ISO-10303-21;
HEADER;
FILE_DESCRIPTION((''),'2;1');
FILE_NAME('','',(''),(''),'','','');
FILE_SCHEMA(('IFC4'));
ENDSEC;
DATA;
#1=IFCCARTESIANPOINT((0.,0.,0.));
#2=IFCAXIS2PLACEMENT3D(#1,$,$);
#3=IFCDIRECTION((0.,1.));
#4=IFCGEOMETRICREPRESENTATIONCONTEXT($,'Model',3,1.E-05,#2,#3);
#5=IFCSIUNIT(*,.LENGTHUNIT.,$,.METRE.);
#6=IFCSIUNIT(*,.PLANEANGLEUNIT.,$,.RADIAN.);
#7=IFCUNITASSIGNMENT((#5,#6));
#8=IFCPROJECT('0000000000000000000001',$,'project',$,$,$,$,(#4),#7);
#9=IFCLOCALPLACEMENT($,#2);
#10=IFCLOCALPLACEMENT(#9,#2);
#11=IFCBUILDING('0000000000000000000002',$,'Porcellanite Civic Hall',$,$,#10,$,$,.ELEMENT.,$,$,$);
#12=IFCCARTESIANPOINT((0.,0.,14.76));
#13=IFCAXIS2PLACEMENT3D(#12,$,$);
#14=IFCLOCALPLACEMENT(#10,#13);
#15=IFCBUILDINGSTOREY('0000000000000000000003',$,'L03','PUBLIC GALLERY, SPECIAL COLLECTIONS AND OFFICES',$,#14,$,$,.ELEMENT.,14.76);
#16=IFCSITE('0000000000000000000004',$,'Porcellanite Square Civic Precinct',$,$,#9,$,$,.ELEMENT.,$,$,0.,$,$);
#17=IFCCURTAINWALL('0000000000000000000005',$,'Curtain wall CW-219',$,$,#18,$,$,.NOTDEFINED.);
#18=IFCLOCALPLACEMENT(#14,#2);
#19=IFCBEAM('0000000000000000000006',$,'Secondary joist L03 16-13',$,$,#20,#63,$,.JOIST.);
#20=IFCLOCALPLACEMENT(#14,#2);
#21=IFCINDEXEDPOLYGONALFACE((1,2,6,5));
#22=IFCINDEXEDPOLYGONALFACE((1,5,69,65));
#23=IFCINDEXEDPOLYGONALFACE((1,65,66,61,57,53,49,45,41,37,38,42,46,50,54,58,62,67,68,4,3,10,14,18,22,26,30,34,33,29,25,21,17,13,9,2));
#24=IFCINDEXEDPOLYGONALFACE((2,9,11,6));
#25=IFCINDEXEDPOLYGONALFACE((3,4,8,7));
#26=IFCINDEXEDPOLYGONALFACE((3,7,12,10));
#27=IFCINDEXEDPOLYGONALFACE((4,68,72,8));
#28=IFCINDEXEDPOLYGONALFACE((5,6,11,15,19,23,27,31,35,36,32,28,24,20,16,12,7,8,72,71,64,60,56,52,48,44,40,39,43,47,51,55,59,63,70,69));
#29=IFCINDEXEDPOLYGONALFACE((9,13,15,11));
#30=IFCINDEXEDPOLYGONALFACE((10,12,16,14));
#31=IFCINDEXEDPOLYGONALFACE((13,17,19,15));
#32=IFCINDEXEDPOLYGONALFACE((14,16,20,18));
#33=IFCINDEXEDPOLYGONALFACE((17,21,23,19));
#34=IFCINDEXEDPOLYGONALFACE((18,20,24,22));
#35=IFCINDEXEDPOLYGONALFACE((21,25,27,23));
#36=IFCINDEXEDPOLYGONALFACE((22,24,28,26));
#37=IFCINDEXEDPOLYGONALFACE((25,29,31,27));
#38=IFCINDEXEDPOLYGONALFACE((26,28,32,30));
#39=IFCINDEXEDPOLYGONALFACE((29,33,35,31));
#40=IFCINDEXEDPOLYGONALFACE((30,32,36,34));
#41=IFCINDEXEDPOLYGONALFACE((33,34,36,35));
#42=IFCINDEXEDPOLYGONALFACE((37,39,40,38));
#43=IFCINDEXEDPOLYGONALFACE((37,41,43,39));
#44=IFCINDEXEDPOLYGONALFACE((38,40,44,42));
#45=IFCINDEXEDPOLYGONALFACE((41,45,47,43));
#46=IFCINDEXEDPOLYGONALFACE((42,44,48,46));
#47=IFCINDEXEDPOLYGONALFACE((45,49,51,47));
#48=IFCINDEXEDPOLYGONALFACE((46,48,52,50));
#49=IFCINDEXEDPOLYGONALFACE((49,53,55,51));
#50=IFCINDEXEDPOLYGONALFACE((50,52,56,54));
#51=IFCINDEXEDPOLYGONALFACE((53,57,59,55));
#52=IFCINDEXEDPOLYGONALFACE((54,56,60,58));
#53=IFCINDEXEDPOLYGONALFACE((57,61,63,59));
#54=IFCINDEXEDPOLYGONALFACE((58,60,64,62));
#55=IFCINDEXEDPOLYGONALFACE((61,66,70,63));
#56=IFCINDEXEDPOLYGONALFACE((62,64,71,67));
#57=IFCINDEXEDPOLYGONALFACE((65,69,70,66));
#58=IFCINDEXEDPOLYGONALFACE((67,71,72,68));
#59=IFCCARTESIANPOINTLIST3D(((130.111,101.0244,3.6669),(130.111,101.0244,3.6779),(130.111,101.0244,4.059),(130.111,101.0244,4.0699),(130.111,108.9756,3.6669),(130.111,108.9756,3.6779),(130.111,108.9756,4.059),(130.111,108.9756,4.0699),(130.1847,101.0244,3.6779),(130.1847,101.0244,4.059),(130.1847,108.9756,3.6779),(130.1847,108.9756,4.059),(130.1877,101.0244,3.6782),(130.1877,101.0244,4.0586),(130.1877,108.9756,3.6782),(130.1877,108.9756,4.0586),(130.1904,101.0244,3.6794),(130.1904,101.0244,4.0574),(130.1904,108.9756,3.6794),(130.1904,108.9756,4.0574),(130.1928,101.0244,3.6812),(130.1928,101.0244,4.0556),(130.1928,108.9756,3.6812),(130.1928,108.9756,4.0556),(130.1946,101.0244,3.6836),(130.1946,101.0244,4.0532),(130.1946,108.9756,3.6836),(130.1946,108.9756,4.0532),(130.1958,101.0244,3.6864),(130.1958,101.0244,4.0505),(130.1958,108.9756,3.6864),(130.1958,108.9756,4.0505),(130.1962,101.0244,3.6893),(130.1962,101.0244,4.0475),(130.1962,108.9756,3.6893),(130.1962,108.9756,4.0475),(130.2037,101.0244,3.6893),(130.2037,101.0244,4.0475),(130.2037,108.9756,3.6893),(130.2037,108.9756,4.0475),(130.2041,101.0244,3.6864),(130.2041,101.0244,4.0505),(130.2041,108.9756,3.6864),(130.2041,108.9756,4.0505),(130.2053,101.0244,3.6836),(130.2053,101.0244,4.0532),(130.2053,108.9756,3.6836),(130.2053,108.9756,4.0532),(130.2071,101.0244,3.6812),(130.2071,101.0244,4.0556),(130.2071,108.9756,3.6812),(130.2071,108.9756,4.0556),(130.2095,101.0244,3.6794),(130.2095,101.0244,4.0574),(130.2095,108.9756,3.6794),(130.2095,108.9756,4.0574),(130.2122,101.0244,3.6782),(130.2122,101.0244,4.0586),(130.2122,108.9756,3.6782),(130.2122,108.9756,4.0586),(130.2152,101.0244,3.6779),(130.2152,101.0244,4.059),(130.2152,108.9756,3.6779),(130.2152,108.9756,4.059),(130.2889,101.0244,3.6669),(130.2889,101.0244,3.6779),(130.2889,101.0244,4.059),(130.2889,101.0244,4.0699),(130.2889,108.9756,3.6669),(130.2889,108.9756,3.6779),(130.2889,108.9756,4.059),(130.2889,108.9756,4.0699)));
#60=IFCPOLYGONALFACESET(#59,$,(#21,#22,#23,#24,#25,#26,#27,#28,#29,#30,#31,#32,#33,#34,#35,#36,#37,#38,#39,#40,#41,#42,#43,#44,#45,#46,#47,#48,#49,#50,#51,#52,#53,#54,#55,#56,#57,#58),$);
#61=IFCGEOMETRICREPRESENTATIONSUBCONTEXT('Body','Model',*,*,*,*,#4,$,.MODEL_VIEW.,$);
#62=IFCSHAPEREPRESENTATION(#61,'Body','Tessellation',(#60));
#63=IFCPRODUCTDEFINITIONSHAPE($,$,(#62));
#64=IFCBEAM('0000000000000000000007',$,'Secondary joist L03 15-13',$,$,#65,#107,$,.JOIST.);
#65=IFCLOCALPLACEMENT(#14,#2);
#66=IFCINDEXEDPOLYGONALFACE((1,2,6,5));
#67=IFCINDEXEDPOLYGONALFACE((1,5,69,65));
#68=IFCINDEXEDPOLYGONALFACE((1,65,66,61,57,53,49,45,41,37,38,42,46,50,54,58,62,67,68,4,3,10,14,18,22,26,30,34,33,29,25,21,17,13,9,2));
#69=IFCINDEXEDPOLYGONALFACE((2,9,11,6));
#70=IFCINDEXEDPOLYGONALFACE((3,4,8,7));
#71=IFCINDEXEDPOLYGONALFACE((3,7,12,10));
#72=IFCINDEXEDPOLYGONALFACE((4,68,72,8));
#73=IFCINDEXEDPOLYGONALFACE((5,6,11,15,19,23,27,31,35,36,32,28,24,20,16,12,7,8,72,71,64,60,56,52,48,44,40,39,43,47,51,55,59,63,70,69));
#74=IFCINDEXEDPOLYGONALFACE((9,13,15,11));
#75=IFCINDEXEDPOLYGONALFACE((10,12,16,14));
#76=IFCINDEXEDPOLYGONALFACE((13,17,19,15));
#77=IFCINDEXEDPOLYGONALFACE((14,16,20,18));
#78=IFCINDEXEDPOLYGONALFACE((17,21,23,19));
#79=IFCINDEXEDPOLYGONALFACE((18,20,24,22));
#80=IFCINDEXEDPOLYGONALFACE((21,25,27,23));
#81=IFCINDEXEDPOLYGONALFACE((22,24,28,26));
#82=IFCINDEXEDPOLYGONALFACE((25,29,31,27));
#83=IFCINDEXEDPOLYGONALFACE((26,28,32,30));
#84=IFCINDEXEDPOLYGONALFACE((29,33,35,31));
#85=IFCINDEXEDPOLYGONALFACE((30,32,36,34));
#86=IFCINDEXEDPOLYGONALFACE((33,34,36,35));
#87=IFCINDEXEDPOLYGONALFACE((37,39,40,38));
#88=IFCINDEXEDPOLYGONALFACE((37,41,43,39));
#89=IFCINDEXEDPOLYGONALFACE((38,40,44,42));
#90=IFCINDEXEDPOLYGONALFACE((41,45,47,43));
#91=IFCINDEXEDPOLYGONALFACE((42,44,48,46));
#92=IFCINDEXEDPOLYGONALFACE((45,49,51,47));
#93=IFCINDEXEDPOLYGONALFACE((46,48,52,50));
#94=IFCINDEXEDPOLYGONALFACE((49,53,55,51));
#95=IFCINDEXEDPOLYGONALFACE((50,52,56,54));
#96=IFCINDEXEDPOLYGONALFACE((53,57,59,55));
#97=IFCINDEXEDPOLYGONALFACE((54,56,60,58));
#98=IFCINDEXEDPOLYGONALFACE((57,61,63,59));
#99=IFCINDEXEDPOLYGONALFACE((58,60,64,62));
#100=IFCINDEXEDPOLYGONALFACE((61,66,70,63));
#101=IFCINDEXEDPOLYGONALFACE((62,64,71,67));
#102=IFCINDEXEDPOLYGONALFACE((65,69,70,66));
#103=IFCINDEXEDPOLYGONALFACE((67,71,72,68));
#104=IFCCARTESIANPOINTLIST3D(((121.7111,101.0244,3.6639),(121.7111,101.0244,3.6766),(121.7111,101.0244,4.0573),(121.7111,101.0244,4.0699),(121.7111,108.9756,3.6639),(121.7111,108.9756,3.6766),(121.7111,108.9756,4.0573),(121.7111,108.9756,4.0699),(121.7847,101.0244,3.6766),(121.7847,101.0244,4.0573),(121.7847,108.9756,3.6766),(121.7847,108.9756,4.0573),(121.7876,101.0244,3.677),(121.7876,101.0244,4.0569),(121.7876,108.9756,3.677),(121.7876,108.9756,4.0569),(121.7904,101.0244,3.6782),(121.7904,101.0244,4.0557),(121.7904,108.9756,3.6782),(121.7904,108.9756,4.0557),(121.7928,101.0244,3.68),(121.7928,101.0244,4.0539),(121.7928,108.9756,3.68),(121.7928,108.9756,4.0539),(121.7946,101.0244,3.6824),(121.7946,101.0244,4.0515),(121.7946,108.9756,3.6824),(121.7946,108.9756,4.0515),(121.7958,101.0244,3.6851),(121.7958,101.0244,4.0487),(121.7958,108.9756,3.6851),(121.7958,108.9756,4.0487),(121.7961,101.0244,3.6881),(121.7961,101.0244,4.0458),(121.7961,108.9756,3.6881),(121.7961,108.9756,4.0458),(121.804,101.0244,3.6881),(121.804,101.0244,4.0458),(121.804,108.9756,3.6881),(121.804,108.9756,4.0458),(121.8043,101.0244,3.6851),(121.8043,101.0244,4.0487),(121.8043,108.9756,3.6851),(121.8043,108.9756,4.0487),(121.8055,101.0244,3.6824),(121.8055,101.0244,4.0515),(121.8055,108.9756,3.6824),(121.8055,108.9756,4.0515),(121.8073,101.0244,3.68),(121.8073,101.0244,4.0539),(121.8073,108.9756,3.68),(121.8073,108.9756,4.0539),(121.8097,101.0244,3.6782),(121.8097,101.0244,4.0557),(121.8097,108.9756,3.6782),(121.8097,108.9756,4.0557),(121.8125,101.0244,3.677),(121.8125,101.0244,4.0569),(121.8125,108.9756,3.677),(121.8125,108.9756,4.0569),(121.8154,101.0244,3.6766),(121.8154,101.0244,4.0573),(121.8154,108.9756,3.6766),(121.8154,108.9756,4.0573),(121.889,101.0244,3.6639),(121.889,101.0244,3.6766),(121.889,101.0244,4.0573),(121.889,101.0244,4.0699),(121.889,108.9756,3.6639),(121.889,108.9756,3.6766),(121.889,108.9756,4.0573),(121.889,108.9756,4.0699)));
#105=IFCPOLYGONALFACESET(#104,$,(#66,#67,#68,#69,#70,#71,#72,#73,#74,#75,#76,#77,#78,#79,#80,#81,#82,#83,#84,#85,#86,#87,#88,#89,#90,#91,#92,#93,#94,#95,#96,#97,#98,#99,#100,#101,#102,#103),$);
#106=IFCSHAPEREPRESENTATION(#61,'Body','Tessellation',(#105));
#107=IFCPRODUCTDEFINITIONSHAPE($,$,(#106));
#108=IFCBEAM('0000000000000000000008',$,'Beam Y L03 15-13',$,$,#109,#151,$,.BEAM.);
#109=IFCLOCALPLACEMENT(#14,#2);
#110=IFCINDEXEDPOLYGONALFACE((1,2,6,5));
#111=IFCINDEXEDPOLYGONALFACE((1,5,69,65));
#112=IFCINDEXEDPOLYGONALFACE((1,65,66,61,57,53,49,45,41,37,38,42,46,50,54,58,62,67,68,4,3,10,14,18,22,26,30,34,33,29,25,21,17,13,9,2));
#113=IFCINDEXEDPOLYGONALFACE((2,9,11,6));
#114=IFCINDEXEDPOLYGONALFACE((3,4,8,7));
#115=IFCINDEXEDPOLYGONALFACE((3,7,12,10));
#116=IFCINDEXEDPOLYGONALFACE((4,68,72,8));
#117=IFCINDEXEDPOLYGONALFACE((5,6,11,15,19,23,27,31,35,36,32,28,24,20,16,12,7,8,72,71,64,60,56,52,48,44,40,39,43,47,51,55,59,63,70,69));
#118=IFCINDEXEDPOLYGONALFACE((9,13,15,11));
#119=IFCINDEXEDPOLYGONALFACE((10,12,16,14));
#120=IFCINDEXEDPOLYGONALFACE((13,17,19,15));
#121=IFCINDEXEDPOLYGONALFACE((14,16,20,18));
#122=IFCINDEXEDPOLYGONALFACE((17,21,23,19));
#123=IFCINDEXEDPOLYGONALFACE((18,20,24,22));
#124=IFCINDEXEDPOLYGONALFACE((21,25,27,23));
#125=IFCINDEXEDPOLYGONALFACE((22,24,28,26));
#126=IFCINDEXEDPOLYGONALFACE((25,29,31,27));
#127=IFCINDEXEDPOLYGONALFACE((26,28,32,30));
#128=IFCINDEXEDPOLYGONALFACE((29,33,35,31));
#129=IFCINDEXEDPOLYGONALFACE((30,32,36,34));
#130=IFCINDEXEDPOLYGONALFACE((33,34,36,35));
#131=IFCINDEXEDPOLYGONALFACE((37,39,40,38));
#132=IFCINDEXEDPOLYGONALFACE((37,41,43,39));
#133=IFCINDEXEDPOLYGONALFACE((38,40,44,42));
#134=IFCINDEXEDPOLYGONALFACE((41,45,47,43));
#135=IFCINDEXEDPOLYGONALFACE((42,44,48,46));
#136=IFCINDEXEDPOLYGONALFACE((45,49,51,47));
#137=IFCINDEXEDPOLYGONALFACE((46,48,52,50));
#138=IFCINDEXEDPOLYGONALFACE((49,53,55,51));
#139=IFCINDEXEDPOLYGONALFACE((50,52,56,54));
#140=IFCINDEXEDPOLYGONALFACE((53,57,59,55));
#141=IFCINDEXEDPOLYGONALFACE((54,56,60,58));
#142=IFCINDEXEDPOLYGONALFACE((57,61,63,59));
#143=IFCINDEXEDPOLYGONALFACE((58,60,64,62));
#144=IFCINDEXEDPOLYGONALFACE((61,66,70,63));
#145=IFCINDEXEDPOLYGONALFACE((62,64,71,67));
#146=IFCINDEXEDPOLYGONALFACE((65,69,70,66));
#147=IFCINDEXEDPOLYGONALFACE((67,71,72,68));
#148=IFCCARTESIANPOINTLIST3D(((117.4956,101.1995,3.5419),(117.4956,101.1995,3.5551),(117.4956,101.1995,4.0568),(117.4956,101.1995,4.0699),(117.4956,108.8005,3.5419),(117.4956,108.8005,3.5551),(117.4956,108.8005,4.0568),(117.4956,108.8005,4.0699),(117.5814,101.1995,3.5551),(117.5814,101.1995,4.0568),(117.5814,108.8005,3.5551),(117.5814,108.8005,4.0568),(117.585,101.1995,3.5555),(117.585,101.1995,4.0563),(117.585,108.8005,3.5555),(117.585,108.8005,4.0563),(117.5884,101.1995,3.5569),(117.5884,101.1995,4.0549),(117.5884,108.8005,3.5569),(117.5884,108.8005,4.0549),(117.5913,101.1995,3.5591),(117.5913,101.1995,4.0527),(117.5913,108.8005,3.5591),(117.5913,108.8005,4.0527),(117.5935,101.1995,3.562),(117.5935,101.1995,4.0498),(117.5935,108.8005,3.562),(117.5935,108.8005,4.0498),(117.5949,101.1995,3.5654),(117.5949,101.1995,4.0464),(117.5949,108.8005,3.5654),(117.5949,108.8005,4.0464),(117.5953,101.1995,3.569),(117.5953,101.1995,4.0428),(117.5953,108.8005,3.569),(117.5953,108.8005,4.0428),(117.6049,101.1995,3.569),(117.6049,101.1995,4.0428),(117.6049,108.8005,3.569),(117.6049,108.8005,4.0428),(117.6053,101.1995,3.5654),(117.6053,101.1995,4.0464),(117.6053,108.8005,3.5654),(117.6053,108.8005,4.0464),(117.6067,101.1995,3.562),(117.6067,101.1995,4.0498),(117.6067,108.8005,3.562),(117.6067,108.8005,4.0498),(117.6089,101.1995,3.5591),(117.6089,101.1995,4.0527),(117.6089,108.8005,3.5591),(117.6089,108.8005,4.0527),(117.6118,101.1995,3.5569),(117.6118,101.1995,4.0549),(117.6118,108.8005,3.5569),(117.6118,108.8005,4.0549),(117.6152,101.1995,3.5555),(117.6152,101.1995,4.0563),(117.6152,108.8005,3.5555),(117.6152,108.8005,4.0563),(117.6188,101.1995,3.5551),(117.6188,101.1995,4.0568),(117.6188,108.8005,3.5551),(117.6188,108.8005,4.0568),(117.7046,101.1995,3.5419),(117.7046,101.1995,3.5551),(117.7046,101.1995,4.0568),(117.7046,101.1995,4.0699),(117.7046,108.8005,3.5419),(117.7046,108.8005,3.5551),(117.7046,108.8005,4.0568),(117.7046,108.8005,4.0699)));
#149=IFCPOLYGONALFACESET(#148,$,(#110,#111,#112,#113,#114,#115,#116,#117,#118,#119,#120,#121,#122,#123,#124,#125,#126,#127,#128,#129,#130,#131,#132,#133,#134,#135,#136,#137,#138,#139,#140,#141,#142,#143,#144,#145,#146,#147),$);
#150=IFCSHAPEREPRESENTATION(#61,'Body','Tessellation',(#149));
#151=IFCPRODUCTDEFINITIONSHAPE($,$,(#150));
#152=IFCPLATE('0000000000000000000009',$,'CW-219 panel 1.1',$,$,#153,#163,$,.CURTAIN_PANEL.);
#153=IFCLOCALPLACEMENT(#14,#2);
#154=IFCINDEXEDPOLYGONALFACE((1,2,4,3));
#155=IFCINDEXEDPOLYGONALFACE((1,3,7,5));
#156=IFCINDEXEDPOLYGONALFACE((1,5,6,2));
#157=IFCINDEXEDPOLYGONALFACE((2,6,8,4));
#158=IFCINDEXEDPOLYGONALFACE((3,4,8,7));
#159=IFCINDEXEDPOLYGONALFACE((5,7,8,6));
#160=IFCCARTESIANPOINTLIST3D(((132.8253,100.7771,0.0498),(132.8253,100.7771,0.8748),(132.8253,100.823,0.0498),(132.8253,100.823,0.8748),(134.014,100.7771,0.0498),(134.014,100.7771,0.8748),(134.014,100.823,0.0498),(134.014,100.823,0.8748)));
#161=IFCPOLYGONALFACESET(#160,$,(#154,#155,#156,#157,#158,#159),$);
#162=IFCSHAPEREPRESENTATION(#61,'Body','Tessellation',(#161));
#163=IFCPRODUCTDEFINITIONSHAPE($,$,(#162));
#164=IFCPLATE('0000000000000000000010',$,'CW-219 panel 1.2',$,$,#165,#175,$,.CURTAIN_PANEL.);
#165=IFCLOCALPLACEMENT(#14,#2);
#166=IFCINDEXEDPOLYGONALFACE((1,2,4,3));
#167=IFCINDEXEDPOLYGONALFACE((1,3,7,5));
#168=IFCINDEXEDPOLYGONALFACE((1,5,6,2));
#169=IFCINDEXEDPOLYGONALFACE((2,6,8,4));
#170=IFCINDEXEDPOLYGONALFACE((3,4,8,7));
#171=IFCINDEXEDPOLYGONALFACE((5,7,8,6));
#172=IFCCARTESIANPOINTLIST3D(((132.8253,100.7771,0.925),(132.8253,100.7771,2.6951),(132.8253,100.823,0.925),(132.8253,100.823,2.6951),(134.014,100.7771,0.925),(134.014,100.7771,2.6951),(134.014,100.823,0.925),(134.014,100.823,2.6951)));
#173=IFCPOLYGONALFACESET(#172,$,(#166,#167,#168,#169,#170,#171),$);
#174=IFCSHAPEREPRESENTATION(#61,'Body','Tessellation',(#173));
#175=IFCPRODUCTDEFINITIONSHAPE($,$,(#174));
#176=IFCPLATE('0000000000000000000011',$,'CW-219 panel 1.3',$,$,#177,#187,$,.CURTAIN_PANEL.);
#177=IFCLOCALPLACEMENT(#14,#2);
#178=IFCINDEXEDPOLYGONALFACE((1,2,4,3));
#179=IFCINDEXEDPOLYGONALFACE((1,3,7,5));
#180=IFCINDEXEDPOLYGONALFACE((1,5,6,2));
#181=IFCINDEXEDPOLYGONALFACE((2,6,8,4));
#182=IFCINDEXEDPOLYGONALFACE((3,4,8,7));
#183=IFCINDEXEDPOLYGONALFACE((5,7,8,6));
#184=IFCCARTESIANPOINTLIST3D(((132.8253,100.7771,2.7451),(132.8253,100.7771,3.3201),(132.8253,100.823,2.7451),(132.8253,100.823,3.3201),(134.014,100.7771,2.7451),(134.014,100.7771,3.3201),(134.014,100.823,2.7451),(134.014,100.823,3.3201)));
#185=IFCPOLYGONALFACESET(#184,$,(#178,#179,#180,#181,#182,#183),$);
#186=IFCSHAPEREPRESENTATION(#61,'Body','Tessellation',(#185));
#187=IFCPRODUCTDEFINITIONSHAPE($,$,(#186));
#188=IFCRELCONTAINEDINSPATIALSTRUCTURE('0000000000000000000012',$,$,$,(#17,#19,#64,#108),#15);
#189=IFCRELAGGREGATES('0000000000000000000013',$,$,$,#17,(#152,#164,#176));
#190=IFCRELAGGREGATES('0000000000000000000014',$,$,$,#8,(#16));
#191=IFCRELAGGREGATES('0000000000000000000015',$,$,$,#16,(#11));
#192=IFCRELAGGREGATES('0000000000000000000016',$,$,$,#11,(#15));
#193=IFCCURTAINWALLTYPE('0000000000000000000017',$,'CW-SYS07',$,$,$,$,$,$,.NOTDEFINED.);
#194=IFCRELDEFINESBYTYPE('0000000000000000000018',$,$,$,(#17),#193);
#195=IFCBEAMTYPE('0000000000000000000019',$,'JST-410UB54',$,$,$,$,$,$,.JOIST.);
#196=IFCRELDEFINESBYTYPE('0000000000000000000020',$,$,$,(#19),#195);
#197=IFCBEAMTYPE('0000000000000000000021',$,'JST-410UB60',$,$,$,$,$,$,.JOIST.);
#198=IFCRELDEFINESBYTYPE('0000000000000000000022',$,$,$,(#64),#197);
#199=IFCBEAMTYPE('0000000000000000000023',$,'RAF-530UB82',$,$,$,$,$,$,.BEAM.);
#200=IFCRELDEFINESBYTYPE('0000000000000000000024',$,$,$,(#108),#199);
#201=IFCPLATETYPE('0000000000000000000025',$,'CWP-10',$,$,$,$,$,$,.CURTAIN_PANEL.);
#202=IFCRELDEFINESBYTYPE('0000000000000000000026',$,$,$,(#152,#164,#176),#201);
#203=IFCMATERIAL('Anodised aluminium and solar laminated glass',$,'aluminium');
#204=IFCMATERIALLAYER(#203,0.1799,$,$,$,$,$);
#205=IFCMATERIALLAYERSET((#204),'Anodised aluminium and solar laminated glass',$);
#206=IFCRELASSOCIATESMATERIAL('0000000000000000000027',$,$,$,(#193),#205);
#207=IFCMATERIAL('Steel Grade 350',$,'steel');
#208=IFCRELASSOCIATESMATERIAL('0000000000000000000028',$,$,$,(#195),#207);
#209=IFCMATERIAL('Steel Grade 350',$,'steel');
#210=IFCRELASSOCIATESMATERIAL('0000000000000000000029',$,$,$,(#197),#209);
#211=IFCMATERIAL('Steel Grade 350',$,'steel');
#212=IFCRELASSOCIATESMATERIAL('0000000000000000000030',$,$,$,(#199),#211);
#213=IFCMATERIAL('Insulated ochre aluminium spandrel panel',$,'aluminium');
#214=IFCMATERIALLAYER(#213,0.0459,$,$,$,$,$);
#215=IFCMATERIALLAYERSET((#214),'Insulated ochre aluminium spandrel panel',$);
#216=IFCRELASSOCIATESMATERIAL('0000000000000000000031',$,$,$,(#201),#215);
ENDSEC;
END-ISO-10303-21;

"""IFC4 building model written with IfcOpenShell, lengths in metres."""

from ifc_helpers import new_model, si_unit, direction, frame, origin, origin_2d, place, context, subcontext, project, spatial, rectangle, i_section, extrude, material, layer, layer_set, material_profile, profile_set, type_object, element, aggregate, save


model = new_model("IFC4")

# Units and contexts
model_context = context("Model", 3, precision=1e-05, world=origin(), true_north=direction((0.0, 1.0)))
body_context = subcontext(model_context, "Body", "Model", "MODEL_VIEW")
ifc_project = project(units=[si_unit("LENGTHUNIT", "METRE"), si_unit("PLANEANGLEUNIT", "RADIAN")], contexts=[model_context])

# Site, building, storey
site_placement = place(None, origin())
site = spatial("IfcSite", under=ifc_project, at=site_placement, Name="Porcellanite Square Civic Precinct", CompositionType="ELEMENT", RefElevation=0.0)
building_placement = place(site_placement, origin())
building = spatial("IfcBuilding", under=site, at=building_placement, Name="Porcellanite Civic Hall", CompositionType="ELEMENT")
storey_placement = place(building_placement, frame((0.0, 0.0, 14.76)))
storey = spatial("IfcBuildingStorey", under=building, at=storey_placement, Name="L03", Description="PUBLIC GALLERY, SPECIAL COLLECTIONS AND OFFICES", CompositionType="ELEMENT", Elevation=14.76)

# Curtain wall
ifc_material_1 = material(Name="Anodised aluminium and solar laminated glass", Category="aluminium")
ifc_layer_1 = layer(ifc_material_1, 0.1799)
ifc_layer_set_1 = layer_set([ifc_layer_1], Name="Anodised aluminium and solar laminated glass")
curtain_wall_type = type_object("IfcCurtainWallType", Name="CW-SYS07", PredefinedType="NOTDEFINED", material=ifc_layer_set_1)
curtain_wall_placement = place(storey_placement, origin())
curtain_wall = element("IfcCurtainWall", 1, at=curtain_wall_placement, inside=storey, type_object=curtain_wall_type, Name="Curtain wall CW-219", PredefinedType="NOTDEFINED")

# Beams
ifc_material_2 = material(Name="Steel Grade 350", Category="steel")
ifc_material_profile_1 = material_profile(ifc_material_2, i_section(OverallWidth=0.178, OverallDepth=0.4031, WebThickness=0.0076, FlangeThickness=0.011, FilletRadius=0.0115, at=origin_2d()), Name="410UB53.7")
ifc_profile_set_1 = profile_set([ifc_material_profile_1], Name="Steel Grade 350")
beam_type_1 = type_object("IfcBeamType", Name="JST-410UB54", PredefinedType="JOIST", material=ifc_profile_set_1)
beam_1_placement = place(storey_placement, frame((130.2, 101.0244, 3.8684), z_axis=(0.0, 1.0, 0.0), x_axis=(-1.0, 0.0, 0.0)))
element("IfcBeam", 2, at=beam_1_placement, inside=storey, type_object=beam_type_1, Name="Secondary joist L03 16-13", PredefinedType="JOIST", context=body_context, shape_type="SweptSolid", body=[
    extrude(i_section(OverallWidth=0.178, OverallDepth=0.4031, WebThickness=0.0076, FlangeThickness=0.011, FilletRadius=0.0115, at=origin_2d()), origin(), (0.0, 0.0, 1.0), 7.9512),
])
ifc_material_3 = material(Name="Steel Grade 350", Category="steel")
ifc_material_profile_2 = material_profile(ifc_material_3, i_section(OverallWidth=0.178, OverallDepth=0.406, WebThickness=0.0078, FlangeThickness=0.0127, FilletRadius=0.0115, at=origin_2d()), Name="410UB59.7")
ifc_profile_set_2 = profile_set([ifc_material_profile_2], Name="Steel Grade 350")
beam_type_2 = type_object("IfcBeamType", Name="JST-410UB60", PredefinedType="JOIST", material=ifc_profile_set_2)
beam_2_placement = place(storey_placement, frame((121.8, 101.0244, 3.8669), z_axis=(0.0, 1.0, 0.0), x_axis=(-1.0, 0.0, 0.0)))
element("IfcBeam", 3, at=beam_2_placement, inside=storey, type_object=beam_type_2, Name="Secondary joist L03 15-13", PredefinedType="JOIST", context=body_context, shape_type="SweptSolid", body=[
    extrude(i_section(OverallWidth=0.178, OverallDepth=0.406, WebThickness=0.0078, FlangeThickness=0.0127, FilletRadius=0.0115, at=origin_2d()), origin(), (0.0, 0.0, 1.0), 7.9512),
])
ifc_material_4 = material(Name="Steel Grade 350", Category="steel")
ifc_material_profile_3 = material_profile(ifc_material_4, i_section(OverallWidth=0.209, OverallDepth=0.5281, WebThickness=0.0095, FlangeThickness=0.0132, FilletRadius=0.0139, at=origin_2d()), Name="530UB82.0")
ifc_profile_set_3 = profile_set([ifc_material_profile_3], Name="Steel Grade 350")
beam_type_3 = type_object("IfcBeamType", Name="RAF-530UB82", PredefinedType="BEAM", material=ifc_profile_set_3)
beam_3_placement = place(storey_placement, frame((117.6001, 101.1995, 3.8059), z_axis=(0.0, 1.0, 0.0), x_axis=(-1.0, 0.0, 0.0)))
element("IfcBeam", 4, at=beam_3_placement, inside=storey, type_object=beam_type_3, Name="Beam Y L03 15-13", PredefinedType="BEAM", context=body_context, shape_type="SweptSolid", body=[
    extrude(i_section(OverallWidth=0.209, OverallDepth=0.5281, WebThickness=0.0095, FlangeThickness=0.0132, FilletRadius=0.0139, at=origin_2d()), origin(), (0.0, 0.0, 1.0), 7.6011),
])

# Plates
ifc_material_5 = material(Name="Insulated ochre aluminium spandrel panel", Category="aluminium")
ifc_layer_2 = layer(ifc_material_5, 0.0459)
ifc_layer_set_2 = layer_set([ifc_layer_2], Name="Insulated ochre aluminium spandrel panel")
plate_type = type_object("IfcPlateType", Name="CWP-10", PredefinedType="CURTAIN_PANEL", material=ifc_layer_set_2)
plate_1_placement = place(storey_placement, frame((133.4197, 100.8, 0.0498), z_axis=(0.0, 0.0, 1.0), x_axis=(-1.0, 0.0, 0.0)))
plate_1 = element("IfcPlate", 5, at=plate_1_placement, type_object=plate_type, Name="CW-219 panel 1.1", PredefinedType="CURTAIN_PANEL", context=body_context, shape_type="SweptSolid", body=[
    extrude(rectangle(XDim=1.1887, YDim=0.0459, at=origin_2d()), origin(), (0.0, 0.0, 1.0), 0.825),
])
plate_2_placement = place(storey_placement, frame((133.4197, 100.8, 0.925), z_axis=(0.0, 0.0, 1.0), x_axis=(-1.0, 0.0, 0.0)))
plate_2 = element("IfcPlate", 6, at=plate_2_placement, type_object=plate_type, Name="CW-219 panel 1.2", PredefinedType="CURTAIN_PANEL", context=body_context, shape_type="SweptSolid", body=[
    extrude(rectangle(XDim=1.1887, YDim=0.0459, at=origin_2d()), origin(), (0.0, 0.0, 1.0), 1.77),
])
plate_3_placement = place(storey_placement, frame((133.4197, 100.8, 2.7451), z_axis=(0.0, 0.0, 1.0), x_axis=(-1.0, 0.0, 0.0)))
plate_3 = element("IfcPlate", 7, at=plate_3_placement, type_object=plate_type, Name="CW-219 panel 1.3", PredefinedType="CURTAIN_PANEL", context=body_context, shape_type="SweptSolid", body=[
    extrude(rectangle(XDim=1.1887, YDim=0.0459, at=origin_2d()), origin(), (0.0, 0.0, 1.0), 0.575),
])
aggregate(curtain_wall, [plate_1, plate_2, plate_3])

save(model, "model.ifc")
